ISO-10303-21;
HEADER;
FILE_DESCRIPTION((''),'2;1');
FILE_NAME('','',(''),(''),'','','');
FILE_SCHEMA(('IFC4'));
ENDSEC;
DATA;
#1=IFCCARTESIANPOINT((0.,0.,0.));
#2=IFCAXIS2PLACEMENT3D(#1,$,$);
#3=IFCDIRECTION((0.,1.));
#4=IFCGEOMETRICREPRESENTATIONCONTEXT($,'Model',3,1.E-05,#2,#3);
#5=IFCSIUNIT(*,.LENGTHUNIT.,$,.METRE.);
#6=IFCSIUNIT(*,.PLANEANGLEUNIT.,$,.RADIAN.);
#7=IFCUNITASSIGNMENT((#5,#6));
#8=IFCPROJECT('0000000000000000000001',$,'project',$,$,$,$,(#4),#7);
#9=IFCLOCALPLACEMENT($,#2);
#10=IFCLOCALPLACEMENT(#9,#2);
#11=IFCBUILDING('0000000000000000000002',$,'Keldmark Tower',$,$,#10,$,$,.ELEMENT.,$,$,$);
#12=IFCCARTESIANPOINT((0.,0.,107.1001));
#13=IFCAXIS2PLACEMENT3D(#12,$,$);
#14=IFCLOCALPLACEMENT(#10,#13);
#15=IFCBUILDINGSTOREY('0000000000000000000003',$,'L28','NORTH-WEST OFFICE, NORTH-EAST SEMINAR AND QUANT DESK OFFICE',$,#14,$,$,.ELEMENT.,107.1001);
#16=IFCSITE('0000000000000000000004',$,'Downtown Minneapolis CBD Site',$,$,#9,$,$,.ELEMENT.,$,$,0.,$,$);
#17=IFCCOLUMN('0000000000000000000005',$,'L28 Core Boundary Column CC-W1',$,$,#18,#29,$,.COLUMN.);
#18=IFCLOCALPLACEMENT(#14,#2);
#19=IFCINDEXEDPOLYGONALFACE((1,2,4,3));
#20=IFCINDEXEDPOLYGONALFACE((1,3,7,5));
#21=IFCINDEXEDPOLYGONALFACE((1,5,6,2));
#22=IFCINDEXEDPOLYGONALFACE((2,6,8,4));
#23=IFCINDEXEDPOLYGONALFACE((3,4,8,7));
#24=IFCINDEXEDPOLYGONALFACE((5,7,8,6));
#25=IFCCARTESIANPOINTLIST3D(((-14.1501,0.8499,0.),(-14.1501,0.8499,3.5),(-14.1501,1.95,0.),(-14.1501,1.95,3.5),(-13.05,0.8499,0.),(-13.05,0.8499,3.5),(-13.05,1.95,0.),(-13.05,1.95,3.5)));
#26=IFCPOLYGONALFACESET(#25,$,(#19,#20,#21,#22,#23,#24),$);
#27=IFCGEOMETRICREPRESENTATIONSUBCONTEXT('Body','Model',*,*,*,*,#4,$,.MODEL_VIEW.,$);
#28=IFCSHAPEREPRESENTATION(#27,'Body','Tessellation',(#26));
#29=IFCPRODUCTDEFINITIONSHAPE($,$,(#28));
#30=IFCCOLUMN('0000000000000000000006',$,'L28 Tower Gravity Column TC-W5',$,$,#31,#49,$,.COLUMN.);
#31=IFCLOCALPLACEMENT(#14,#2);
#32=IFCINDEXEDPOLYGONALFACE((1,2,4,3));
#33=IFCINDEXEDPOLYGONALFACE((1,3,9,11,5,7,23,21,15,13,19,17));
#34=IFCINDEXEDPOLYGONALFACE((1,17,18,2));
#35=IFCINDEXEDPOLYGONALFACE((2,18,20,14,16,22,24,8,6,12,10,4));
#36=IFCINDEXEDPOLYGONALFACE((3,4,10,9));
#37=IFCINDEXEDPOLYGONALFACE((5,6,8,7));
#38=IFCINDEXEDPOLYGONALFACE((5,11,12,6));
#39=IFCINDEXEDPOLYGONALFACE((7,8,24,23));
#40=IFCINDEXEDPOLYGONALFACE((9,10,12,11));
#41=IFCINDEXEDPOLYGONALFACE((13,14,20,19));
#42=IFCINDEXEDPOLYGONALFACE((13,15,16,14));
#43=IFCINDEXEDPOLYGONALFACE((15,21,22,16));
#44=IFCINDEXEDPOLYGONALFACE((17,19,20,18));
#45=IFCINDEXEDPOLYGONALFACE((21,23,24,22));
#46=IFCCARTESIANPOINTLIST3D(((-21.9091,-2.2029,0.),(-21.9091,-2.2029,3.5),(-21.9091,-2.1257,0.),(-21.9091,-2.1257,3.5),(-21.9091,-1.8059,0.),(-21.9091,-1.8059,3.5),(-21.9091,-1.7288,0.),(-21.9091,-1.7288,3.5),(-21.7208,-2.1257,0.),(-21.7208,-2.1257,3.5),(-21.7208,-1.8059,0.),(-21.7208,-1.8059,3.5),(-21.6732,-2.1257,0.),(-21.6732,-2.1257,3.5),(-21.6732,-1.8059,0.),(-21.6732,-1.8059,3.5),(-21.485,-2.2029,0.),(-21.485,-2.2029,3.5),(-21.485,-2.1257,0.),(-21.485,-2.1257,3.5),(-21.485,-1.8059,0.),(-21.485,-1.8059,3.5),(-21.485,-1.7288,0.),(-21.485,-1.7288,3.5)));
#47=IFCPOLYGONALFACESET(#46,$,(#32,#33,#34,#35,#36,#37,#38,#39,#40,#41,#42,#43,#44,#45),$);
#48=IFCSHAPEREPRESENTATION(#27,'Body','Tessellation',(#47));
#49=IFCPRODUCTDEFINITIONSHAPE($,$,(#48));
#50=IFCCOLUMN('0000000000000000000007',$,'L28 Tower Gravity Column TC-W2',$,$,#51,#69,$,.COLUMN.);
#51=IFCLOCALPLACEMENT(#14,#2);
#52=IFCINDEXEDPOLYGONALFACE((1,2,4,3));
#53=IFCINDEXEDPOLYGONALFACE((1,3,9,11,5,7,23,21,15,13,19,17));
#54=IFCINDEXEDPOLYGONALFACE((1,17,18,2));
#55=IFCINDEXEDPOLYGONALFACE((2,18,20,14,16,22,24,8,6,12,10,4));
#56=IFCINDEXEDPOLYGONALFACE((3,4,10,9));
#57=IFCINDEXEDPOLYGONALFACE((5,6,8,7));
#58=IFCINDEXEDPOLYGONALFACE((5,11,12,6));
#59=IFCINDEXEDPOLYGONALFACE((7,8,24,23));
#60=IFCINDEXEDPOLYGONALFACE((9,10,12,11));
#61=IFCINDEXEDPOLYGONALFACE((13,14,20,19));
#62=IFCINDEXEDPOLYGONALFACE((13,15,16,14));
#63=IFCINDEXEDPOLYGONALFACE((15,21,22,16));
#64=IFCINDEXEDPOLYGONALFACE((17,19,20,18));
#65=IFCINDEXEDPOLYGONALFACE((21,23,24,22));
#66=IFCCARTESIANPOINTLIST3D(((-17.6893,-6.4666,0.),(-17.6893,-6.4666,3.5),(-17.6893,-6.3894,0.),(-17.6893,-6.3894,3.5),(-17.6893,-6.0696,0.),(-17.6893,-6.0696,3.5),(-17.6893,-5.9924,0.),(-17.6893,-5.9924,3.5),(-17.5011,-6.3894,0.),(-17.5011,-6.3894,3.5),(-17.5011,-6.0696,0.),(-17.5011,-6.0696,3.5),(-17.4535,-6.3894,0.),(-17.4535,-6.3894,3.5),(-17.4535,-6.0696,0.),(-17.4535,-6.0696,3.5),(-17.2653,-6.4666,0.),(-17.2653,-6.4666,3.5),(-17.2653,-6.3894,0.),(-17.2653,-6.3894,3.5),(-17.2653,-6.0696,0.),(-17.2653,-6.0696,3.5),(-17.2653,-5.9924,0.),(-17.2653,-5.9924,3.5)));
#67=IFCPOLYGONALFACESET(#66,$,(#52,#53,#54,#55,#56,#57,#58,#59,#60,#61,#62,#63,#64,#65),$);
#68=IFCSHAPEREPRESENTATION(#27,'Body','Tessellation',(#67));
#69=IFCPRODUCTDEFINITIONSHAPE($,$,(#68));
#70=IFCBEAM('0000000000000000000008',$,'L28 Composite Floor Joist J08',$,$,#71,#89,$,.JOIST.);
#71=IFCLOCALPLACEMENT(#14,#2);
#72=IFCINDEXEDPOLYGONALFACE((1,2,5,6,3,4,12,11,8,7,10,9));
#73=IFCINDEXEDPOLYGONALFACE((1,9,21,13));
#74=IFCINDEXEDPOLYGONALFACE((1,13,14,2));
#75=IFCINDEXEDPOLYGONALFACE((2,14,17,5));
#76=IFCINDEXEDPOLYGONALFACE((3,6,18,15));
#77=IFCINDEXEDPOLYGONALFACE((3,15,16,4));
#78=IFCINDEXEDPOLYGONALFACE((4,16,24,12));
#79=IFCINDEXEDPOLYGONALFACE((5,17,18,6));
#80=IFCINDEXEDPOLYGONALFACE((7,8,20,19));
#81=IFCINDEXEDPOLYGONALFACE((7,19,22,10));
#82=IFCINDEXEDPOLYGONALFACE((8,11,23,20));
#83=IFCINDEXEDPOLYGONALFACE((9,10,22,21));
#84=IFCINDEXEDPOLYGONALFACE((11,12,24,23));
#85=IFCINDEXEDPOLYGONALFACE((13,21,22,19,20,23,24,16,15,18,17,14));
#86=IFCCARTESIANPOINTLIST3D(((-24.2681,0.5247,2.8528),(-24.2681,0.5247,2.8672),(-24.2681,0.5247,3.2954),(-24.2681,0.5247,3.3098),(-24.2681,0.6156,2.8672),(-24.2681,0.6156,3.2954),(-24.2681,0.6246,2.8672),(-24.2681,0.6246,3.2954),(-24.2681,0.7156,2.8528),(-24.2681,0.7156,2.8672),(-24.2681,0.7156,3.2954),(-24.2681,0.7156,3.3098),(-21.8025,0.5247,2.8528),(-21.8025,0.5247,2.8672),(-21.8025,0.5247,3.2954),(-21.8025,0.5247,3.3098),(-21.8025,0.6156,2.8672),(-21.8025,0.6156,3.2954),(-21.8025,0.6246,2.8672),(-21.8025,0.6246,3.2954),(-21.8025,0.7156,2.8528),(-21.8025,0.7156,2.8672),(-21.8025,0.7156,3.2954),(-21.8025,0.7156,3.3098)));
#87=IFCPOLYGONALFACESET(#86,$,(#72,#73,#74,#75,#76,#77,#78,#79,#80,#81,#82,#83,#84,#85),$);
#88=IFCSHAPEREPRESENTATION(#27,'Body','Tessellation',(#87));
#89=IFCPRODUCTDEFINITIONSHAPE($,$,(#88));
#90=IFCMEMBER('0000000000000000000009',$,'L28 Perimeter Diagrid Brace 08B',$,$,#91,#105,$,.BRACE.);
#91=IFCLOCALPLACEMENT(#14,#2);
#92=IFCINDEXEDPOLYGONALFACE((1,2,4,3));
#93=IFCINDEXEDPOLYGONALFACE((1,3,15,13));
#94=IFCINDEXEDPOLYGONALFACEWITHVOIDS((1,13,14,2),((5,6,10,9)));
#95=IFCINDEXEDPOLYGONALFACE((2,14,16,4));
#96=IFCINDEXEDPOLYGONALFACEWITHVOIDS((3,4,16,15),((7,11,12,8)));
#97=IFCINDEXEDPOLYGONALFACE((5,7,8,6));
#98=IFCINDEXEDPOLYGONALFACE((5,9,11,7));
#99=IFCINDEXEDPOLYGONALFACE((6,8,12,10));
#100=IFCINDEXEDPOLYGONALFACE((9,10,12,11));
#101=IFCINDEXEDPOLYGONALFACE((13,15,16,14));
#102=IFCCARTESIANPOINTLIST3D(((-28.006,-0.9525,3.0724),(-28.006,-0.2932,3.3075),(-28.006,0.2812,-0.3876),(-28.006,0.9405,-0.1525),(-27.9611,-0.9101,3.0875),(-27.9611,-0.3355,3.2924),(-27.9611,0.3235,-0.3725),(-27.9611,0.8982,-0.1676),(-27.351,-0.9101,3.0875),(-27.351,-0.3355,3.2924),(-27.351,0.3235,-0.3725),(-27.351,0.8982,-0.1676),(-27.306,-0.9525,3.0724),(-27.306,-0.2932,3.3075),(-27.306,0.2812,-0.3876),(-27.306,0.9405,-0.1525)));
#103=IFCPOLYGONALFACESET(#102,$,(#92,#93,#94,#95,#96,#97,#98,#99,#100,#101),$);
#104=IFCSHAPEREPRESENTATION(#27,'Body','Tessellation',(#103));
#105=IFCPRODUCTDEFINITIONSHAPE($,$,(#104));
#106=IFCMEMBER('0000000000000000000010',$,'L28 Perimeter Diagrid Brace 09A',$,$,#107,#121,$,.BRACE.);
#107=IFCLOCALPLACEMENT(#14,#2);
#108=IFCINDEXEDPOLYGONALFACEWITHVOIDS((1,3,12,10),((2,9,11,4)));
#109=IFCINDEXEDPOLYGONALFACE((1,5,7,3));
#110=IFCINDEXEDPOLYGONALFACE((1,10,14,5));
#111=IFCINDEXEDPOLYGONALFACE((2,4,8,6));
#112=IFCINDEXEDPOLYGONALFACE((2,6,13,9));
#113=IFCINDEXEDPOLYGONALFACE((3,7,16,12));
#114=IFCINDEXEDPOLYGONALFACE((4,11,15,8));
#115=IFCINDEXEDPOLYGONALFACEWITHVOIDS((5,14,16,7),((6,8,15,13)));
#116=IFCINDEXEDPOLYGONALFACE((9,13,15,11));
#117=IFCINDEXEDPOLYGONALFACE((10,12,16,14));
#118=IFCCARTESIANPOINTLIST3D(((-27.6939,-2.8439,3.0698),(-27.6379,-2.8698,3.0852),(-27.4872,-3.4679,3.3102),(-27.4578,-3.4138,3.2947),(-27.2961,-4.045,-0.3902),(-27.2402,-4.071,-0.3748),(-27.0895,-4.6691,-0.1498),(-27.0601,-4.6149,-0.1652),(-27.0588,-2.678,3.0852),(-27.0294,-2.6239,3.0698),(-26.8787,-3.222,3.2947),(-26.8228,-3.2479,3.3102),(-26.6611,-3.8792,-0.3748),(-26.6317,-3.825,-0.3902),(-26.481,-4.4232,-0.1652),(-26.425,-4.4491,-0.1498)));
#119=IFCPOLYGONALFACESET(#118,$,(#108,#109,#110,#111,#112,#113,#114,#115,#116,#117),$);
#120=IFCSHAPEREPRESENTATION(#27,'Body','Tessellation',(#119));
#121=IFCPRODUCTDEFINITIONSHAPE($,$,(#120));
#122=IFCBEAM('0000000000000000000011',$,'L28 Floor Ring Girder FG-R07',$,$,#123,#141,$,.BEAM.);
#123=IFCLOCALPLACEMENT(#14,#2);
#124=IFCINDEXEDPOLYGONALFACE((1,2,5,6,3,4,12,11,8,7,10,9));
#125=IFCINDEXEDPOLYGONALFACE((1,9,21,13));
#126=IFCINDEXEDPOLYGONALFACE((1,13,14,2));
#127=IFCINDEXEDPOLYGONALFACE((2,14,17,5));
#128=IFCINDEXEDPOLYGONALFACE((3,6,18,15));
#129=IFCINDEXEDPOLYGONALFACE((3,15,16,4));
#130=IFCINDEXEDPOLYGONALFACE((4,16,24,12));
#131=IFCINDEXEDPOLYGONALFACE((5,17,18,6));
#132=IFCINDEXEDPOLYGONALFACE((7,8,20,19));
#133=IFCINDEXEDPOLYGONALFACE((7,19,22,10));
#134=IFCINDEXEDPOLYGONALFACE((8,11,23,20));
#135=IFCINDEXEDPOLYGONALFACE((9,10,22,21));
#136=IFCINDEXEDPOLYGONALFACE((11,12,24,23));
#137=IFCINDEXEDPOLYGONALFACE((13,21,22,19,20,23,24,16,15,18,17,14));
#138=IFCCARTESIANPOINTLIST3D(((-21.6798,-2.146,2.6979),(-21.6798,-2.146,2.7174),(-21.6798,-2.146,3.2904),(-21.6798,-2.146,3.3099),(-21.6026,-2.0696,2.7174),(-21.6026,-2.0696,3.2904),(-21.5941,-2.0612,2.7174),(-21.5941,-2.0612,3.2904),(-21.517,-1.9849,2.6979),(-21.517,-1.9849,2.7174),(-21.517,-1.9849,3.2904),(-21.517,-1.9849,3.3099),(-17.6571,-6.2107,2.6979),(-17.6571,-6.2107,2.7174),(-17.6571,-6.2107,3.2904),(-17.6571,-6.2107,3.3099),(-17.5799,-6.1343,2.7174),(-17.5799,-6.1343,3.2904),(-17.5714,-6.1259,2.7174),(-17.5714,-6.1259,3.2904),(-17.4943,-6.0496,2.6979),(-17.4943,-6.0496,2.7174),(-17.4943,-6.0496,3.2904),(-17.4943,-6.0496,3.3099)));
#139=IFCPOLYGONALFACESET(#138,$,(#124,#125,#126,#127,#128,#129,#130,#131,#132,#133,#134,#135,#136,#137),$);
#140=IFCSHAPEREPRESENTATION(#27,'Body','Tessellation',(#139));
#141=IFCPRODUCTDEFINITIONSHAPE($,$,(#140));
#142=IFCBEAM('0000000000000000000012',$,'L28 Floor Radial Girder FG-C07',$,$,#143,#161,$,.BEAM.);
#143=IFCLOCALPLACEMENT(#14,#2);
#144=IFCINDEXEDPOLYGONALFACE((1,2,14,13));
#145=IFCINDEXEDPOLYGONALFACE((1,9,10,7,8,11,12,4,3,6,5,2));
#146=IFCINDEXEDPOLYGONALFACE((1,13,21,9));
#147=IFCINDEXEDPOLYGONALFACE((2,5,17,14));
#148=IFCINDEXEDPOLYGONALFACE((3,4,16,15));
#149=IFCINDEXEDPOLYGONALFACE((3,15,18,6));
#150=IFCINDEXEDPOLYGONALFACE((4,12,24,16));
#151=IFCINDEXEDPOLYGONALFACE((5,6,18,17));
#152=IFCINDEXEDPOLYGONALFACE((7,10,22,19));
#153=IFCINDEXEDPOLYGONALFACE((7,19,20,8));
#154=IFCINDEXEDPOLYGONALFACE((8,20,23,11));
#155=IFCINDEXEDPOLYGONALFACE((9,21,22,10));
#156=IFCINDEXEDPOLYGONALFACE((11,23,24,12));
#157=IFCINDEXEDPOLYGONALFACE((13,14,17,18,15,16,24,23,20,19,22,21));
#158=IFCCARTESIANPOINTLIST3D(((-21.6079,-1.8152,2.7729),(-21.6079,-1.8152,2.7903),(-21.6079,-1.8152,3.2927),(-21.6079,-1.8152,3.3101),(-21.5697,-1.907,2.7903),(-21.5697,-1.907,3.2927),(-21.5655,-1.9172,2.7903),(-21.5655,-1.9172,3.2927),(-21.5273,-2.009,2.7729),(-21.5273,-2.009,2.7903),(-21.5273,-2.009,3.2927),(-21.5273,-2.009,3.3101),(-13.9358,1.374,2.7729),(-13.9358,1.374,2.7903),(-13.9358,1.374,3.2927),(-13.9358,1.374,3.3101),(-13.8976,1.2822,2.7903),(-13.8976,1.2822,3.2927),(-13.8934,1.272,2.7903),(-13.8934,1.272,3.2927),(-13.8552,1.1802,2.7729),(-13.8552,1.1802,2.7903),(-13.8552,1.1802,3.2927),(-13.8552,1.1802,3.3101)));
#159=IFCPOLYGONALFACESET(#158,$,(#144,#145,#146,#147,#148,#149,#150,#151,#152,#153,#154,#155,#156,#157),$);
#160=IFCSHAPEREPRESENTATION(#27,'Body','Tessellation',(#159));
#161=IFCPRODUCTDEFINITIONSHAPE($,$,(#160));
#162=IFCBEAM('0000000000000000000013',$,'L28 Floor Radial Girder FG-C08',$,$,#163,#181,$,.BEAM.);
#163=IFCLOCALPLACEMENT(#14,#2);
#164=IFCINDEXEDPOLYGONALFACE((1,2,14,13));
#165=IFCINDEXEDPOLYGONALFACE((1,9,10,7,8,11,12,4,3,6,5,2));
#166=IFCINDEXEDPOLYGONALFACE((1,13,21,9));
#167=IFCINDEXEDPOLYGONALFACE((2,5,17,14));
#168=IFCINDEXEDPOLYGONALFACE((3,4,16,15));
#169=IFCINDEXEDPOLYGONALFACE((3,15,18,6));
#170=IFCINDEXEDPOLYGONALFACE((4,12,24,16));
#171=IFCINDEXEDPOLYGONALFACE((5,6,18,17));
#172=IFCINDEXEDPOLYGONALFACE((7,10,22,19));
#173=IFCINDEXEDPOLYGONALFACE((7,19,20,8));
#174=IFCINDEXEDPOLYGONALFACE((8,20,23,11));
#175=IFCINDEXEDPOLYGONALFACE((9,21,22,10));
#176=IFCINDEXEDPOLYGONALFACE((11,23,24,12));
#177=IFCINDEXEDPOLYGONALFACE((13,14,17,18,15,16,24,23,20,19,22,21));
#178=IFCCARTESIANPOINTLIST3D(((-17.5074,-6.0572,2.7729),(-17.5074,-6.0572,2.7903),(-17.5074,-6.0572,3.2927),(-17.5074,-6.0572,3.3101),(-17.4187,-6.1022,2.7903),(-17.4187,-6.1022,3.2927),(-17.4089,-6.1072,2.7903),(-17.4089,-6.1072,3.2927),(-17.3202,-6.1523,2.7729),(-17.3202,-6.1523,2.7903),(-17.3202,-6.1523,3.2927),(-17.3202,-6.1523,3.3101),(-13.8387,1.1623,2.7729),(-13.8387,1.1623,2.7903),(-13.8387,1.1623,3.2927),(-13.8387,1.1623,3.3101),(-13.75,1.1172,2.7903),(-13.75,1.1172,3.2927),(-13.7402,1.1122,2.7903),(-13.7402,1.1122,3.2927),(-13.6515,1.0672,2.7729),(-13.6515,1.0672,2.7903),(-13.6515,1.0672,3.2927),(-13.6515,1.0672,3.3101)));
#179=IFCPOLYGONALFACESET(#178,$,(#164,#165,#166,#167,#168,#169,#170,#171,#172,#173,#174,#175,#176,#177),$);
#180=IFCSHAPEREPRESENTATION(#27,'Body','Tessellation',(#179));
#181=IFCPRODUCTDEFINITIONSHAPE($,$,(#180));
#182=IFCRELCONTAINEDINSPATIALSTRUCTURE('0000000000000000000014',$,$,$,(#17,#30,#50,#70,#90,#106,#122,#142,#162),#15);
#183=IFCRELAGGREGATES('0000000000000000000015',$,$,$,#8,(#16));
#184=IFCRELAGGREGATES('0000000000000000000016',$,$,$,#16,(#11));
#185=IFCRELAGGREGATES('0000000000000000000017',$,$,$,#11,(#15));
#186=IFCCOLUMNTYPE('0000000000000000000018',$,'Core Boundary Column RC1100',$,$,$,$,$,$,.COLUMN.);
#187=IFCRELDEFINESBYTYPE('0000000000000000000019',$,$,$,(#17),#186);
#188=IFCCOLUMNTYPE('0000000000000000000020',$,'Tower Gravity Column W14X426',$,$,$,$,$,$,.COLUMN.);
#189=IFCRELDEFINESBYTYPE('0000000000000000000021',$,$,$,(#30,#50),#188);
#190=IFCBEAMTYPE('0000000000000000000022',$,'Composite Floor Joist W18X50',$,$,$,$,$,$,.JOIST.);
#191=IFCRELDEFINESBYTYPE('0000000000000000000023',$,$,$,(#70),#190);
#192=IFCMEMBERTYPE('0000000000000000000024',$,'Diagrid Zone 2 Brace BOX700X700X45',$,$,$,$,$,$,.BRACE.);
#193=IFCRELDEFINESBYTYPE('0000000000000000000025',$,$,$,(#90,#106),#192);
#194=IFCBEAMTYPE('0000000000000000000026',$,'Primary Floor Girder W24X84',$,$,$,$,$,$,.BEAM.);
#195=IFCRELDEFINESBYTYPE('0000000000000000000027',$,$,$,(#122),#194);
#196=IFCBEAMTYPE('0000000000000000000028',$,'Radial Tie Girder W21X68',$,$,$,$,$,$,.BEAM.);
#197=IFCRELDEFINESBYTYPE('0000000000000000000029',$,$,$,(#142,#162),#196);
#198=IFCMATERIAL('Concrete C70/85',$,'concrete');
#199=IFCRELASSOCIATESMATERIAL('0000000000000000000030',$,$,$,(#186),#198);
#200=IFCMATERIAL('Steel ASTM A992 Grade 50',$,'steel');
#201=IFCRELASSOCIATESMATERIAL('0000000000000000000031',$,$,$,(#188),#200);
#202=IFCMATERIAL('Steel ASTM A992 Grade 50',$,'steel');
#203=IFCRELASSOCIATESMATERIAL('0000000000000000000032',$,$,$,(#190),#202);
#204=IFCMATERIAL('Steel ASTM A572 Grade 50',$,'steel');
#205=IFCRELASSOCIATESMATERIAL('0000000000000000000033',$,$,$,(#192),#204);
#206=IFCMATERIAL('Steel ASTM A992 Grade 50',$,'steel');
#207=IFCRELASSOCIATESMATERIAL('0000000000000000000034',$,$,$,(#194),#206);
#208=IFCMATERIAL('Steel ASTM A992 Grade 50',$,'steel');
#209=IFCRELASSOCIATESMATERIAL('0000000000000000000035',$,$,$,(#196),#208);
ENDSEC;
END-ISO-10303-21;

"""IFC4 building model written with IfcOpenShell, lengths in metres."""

from ifc_helpers import new_model, si_unit, direction, frame, origin, origin_2d, place, context, subcontext, project, spatial, rectangle, hollow_rectangle, i_section, extrude, material, material_profile, profile_set, type_object, element, save


model = new_model("IFC4")

# Units and contexts
model_context = context("Model", 3, precision=1e-05, world=origin(), true_north=direction((0.0, 1.0)))
body_context = subcontext(model_context, "Body", "Model", "MODEL_VIEW")
ifc_project = project(units=[si_unit("LENGTHUNIT", "METRE"), si_unit("PLANEANGLEUNIT", "RADIAN")], contexts=[model_context])

# Site, building, storey
site_placement = place(None, origin())
site = spatial("IfcSite", under=ifc_project, at=site_placement, Name="Downtown Minneapolis CBD Site", CompositionType="ELEMENT", RefElevation=0.0)
building_placement = place(site_placement, origin())
building = spatial("IfcBuilding", under=site, at=building_placement, Name="Keldmark Tower", CompositionType="ELEMENT")
storey_placement = place(building_placement, frame((0.0, 0.0, 107.1001)))
storey = spatial("IfcBuildingStorey", under=building, at=storey_placement, Name="L28", Description="NORTH-WEST OFFICE, NORTH-EAST SEMINAR AND QUANT DESK OFFICE", CompositionType="ELEMENT", Elevation=107.1001)

# Columns
ifc_material_1 = material(Name="Concrete C70/85", Category="concrete")
ifc_material_profile_1 = material_profile(ifc_material_1, rectangle(XDim=1.1001, YDim=1.1001, at=origin_2d()), Name="RC1100X1100")
ifc_profile_set_1 = profile_set([ifc_material_profile_1], Name="Concrete C70/85")
column_type_1 = type_object("IfcColumnType", Name="Core Boundary Column RC1100", PredefinedType="COLUMN", material=ifc_profile_set_1)
column_placement = place(storey_placement, frame((-13.6001, 1.3999, 0.0), z_axis=(0.0, 0.0, 1.0), x_axis=(1.0, 0.0, 0.0)))
element("IfcColumn", 1, at=column_placement, inside=storey, type_object=column_type_1, Name="L28 Core Boundary Column CC-W1", PredefinedType="COLUMN", context=body_context, shape_type="SweptSolid", body=[
    extrude(rectangle(XDim=1.1001, YDim=1.1001, at=origin_2d()), origin(), (0.0, 0.0, 1.0), 3.5),
])
ifc_material_2 = material(Name="Steel ASTM A992 Grade 50", Category="steel")
ifc_material_profile_2 = material_profile(ifc_material_2, i_section(OverallWidth=0.4241, OverallDepth=0.4741, WebThickness=0.0476, FlangeThickness=0.0771, at=origin_2d()), Name="W14X426")
ifc_profile_set_2 = profile_set([ifc_material_profile_2], Name="Steel ASTM A992 Grade 50")
column_type_2 = type_object("IfcColumnType", Name="Tower Gravity Column W14X426", PredefinedType="COLUMN", material=ifc_profile_set_2)
for number, where, z_axis, x_axis, name in (
    (2, (-21.697, -1.9658, 0.0), (0.0, 0.0, 1.0), (1.0, 0.0, 0.0), "L28 Tower Gravity Column TC-W5"),
    (3, (-17.4773, -6.2295, 0.0), (0.0, 0.0, 1.0), (1.0, 0.0, 0.0), "L28 Tower Gravity Column TC-W2"),
):
    element("IfcColumn", number, at=place(storey_placement, frame(where, z_axis=z_axis, x_axis=x_axis)), inside=storey, type_object=column_type_2, Name=name, PredefinedType="COLUMN", context=body_context, shape_type="SweptSolid", body=[
        extrude(i_section(OverallWidth=0.4241, OverallDepth=0.4741, WebThickness=0.0476, FlangeThickness=0.0771, at=origin_2d()), origin(), (0.0, 0.0, 1.0), 3.5),
    ])

# Beam
ifc_material_3 = material(Name="Steel ASTM A992 Grade 50", Category="steel")
ifc_material_profile_3 = material_profile(ifc_material_3, i_section(OverallWidth=0.1909, OverallDepth=0.457, WebThickness=0.009, FlangeThickness=0.0144, at=origin_2d()), Name="W18X50")
ifc_profile_set_3 = profile_set([ifc_material_profile_3], Name="Steel ASTM A992 Grade 50")
beam_type_1 = type_object("IfcBeamType", Name="Composite Floor Joist W18X50", PredefinedType="JOIST", material=ifc_profile_set_3)
beam_1_placement = place(storey_placement, frame((-24.2681, 0.6201, 3.0813), z_axis=(1.0, 0.0, 0.0), x_axis=(0.0, 1.0, 0.0)))
element("IfcBeam", 4, at=beam_1_placement, inside=storey, type_object=beam_type_1, Name="L28 Composite Floor Joist J08", PredefinedType="JOIST", context=body_context, shape_type="SweptSolid", body=[
    extrude(i_section(OverallWidth=0.1909, OverallDepth=0.457, WebThickness=0.009, FlangeThickness=0.0144, at=origin_2d()), origin(), (0.0, 0.0, 1.0), 2.4656),
])

# Members
ifc_material_4 = material(Name="Steel ASTM A572 Grade 50", Category="steel")
ifc_material_profile_4 = material_profile(ifc_material_4, hollow_rectangle(XDim=0.7, YDim=0.7, WallThickness=0.0449, at=origin_2d()), Name="BOX700X700X45")
ifc_profile_set_4 = profile_set([ifc_material_profile_4], Name="Steel ASTM A572 Grade 50")
member_type = type_object("IfcMemberType", Name="Diagrid Zone 2 Brace BOX700X700X45", PredefinedType="BRACE", material=ifc_profile_set_4)
member_1_placement = place(storey_placement, frame((-27.656, 0.6108, -0.27), z_axis=(0.0, -0.33584, 0.941919), x_axis=(1.0, 0.0, 0.0)))
element("IfcMember", 5, at=member_1_placement, inside=storey, type_object=member_type, Name="L28 Perimeter Diagrid Brace 08B", PredefinedType="BRACE", context=body_context, shape_type="SweptSolid", body=[
    extrude(hollow_rectangle(XDim=0.7, YDim=0.7, WallThickness=0.0449, at=origin_2d()), origin(), (0.0, 0.0, 1.0), 3.6733),
])
member_2_placement = place(storey_placement, frame((-26.8606, -4.2471, -0.27), z_axis=(-0.107953, 0.326046, 0.93917), x_axis=(-0.949318, -0.314317, 0.0)))
element("IfcMember", 6, at=member_2_placement, inside=storey, type_object=member_type, Name="L28 Perimeter Diagrid Brace 09A", PredefinedType="BRACE", context=body_context, shape_type="SweptSolid", body=[
    extrude(hollow_rectangle(XDim=0.7, YDim=0.7, WallThickness=0.0449, at=origin_2d()), origin(), (0.0, 0.0, 1.0), 3.6841),
])

# Beams
ifc_material_5 = material(Name="Steel ASTM A992 Grade 50", Category="steel")
ifc_material_profile_5 = material_profile(ifc_material_5, i_section(OverallWidth=0.229, OverallDepth=0.6121, WebThickness=0.012, FlangeThickness=0.0195, at=origin_2d()), Name="W24X84")
ifc_profile_set_5 = profile_set([ifc_material_profile_5], Name="Steel ASTM A992 Grade 50")
beam_type_2 = type_object("IfcBeamType", Name="Primary Floor Girder W24X84", PredefinedType="BEAM", material=ifc_profile_set_5)
beam_2_placement = place(storey_placement, frame((-21.5984, -2.0654, 3.0039), z_axis=(0.703426, -0.710769, 0.0), x_axis=(0.710769, 0.703426, 0.0)))
element("IfcBeam", 7, at=beam_2_placement, inside=storey, type_object=beam_type_2, Name="L28 Floor Ring Girder FG-R07", PredefinedType="BEAM", context=body_context, shape_type="SweptSolid", body=[
    extrude(i_section(OverallWidth=0.229, OverallDepth=0.6121, WebThickness=0.012, FlangeThickness=0.0195, at=origin_2d()), origin(), (0.0, 0.0, 1.0), 5.7188),
])
ifc_material_6 = material(Name="Steel ASTM A992 Grade 50", Category="steel")
ifc_material_profile_6 = material_profile(ifc_material_6, i_section(OverallWidth=0.21, OverallDepth=0.5371, WebThickness=0.011, FlangeThickness=0.0173, at=origin_2d()), Name="W21X68")
ifc_profile_set_6 = profile_set([ifc_material_profile_6], Name="Steel ASTM A992 Grade 50")
beam_type_3 = type_object("IfcBeamType", Name="Radial Tie Girder W21X68", PredefinedType="BEAM", material=ifc_profile_set_6)
beam_3_placement = place(storey_placement, frame((-21.5676, -1.9121, 3.0415), z_axis=(0.923397, 0.383845, 0.0), x_axis=(-0.383845, 0.923397, 0.0)))
element("IfcBeam", 8, at=beam_3_placement, inside=storey, type_object=beam_type_3, Name="L28 Floor Radial Girder FG-C07", PredefinedType="BEAM", context=body_context, shape_type="SweptSolid", body=[
    extrude(i_section(OverallWidth=0.21, OverallDepth=0.5371, WebThickness=0.011, FlangeThickness=0.0173, at=origin_2d()), origin(), (0.0, 0.0, 1.0), 8.3086),
])
beam_4_placement = place(storey_placement, frame((-17.4138, -6.1047, 3.0415), z_axis=(0.453029, 0.891496, 0.0), x_axis=(-0.891496, 0.453029, 0.0)))
element("IfcBeam", 9, at=beam_4_placement, inside=storey, type_object=beam_type_3, Name="L28 Floor Radial Girder FG-C08", PredefinedType="BEAM", context=body_context, shape_type="SweptSolid", body=[
    extrude(i_section(OverallWidth=0.21, OverallDepth=0.5371, WebThickness=0.011, FlangeThickness=0.0173, at=origin_2d()), origin(), (0.0, 0.0, 1.0), 8.0981),
])

save(model, "model.ifc")
